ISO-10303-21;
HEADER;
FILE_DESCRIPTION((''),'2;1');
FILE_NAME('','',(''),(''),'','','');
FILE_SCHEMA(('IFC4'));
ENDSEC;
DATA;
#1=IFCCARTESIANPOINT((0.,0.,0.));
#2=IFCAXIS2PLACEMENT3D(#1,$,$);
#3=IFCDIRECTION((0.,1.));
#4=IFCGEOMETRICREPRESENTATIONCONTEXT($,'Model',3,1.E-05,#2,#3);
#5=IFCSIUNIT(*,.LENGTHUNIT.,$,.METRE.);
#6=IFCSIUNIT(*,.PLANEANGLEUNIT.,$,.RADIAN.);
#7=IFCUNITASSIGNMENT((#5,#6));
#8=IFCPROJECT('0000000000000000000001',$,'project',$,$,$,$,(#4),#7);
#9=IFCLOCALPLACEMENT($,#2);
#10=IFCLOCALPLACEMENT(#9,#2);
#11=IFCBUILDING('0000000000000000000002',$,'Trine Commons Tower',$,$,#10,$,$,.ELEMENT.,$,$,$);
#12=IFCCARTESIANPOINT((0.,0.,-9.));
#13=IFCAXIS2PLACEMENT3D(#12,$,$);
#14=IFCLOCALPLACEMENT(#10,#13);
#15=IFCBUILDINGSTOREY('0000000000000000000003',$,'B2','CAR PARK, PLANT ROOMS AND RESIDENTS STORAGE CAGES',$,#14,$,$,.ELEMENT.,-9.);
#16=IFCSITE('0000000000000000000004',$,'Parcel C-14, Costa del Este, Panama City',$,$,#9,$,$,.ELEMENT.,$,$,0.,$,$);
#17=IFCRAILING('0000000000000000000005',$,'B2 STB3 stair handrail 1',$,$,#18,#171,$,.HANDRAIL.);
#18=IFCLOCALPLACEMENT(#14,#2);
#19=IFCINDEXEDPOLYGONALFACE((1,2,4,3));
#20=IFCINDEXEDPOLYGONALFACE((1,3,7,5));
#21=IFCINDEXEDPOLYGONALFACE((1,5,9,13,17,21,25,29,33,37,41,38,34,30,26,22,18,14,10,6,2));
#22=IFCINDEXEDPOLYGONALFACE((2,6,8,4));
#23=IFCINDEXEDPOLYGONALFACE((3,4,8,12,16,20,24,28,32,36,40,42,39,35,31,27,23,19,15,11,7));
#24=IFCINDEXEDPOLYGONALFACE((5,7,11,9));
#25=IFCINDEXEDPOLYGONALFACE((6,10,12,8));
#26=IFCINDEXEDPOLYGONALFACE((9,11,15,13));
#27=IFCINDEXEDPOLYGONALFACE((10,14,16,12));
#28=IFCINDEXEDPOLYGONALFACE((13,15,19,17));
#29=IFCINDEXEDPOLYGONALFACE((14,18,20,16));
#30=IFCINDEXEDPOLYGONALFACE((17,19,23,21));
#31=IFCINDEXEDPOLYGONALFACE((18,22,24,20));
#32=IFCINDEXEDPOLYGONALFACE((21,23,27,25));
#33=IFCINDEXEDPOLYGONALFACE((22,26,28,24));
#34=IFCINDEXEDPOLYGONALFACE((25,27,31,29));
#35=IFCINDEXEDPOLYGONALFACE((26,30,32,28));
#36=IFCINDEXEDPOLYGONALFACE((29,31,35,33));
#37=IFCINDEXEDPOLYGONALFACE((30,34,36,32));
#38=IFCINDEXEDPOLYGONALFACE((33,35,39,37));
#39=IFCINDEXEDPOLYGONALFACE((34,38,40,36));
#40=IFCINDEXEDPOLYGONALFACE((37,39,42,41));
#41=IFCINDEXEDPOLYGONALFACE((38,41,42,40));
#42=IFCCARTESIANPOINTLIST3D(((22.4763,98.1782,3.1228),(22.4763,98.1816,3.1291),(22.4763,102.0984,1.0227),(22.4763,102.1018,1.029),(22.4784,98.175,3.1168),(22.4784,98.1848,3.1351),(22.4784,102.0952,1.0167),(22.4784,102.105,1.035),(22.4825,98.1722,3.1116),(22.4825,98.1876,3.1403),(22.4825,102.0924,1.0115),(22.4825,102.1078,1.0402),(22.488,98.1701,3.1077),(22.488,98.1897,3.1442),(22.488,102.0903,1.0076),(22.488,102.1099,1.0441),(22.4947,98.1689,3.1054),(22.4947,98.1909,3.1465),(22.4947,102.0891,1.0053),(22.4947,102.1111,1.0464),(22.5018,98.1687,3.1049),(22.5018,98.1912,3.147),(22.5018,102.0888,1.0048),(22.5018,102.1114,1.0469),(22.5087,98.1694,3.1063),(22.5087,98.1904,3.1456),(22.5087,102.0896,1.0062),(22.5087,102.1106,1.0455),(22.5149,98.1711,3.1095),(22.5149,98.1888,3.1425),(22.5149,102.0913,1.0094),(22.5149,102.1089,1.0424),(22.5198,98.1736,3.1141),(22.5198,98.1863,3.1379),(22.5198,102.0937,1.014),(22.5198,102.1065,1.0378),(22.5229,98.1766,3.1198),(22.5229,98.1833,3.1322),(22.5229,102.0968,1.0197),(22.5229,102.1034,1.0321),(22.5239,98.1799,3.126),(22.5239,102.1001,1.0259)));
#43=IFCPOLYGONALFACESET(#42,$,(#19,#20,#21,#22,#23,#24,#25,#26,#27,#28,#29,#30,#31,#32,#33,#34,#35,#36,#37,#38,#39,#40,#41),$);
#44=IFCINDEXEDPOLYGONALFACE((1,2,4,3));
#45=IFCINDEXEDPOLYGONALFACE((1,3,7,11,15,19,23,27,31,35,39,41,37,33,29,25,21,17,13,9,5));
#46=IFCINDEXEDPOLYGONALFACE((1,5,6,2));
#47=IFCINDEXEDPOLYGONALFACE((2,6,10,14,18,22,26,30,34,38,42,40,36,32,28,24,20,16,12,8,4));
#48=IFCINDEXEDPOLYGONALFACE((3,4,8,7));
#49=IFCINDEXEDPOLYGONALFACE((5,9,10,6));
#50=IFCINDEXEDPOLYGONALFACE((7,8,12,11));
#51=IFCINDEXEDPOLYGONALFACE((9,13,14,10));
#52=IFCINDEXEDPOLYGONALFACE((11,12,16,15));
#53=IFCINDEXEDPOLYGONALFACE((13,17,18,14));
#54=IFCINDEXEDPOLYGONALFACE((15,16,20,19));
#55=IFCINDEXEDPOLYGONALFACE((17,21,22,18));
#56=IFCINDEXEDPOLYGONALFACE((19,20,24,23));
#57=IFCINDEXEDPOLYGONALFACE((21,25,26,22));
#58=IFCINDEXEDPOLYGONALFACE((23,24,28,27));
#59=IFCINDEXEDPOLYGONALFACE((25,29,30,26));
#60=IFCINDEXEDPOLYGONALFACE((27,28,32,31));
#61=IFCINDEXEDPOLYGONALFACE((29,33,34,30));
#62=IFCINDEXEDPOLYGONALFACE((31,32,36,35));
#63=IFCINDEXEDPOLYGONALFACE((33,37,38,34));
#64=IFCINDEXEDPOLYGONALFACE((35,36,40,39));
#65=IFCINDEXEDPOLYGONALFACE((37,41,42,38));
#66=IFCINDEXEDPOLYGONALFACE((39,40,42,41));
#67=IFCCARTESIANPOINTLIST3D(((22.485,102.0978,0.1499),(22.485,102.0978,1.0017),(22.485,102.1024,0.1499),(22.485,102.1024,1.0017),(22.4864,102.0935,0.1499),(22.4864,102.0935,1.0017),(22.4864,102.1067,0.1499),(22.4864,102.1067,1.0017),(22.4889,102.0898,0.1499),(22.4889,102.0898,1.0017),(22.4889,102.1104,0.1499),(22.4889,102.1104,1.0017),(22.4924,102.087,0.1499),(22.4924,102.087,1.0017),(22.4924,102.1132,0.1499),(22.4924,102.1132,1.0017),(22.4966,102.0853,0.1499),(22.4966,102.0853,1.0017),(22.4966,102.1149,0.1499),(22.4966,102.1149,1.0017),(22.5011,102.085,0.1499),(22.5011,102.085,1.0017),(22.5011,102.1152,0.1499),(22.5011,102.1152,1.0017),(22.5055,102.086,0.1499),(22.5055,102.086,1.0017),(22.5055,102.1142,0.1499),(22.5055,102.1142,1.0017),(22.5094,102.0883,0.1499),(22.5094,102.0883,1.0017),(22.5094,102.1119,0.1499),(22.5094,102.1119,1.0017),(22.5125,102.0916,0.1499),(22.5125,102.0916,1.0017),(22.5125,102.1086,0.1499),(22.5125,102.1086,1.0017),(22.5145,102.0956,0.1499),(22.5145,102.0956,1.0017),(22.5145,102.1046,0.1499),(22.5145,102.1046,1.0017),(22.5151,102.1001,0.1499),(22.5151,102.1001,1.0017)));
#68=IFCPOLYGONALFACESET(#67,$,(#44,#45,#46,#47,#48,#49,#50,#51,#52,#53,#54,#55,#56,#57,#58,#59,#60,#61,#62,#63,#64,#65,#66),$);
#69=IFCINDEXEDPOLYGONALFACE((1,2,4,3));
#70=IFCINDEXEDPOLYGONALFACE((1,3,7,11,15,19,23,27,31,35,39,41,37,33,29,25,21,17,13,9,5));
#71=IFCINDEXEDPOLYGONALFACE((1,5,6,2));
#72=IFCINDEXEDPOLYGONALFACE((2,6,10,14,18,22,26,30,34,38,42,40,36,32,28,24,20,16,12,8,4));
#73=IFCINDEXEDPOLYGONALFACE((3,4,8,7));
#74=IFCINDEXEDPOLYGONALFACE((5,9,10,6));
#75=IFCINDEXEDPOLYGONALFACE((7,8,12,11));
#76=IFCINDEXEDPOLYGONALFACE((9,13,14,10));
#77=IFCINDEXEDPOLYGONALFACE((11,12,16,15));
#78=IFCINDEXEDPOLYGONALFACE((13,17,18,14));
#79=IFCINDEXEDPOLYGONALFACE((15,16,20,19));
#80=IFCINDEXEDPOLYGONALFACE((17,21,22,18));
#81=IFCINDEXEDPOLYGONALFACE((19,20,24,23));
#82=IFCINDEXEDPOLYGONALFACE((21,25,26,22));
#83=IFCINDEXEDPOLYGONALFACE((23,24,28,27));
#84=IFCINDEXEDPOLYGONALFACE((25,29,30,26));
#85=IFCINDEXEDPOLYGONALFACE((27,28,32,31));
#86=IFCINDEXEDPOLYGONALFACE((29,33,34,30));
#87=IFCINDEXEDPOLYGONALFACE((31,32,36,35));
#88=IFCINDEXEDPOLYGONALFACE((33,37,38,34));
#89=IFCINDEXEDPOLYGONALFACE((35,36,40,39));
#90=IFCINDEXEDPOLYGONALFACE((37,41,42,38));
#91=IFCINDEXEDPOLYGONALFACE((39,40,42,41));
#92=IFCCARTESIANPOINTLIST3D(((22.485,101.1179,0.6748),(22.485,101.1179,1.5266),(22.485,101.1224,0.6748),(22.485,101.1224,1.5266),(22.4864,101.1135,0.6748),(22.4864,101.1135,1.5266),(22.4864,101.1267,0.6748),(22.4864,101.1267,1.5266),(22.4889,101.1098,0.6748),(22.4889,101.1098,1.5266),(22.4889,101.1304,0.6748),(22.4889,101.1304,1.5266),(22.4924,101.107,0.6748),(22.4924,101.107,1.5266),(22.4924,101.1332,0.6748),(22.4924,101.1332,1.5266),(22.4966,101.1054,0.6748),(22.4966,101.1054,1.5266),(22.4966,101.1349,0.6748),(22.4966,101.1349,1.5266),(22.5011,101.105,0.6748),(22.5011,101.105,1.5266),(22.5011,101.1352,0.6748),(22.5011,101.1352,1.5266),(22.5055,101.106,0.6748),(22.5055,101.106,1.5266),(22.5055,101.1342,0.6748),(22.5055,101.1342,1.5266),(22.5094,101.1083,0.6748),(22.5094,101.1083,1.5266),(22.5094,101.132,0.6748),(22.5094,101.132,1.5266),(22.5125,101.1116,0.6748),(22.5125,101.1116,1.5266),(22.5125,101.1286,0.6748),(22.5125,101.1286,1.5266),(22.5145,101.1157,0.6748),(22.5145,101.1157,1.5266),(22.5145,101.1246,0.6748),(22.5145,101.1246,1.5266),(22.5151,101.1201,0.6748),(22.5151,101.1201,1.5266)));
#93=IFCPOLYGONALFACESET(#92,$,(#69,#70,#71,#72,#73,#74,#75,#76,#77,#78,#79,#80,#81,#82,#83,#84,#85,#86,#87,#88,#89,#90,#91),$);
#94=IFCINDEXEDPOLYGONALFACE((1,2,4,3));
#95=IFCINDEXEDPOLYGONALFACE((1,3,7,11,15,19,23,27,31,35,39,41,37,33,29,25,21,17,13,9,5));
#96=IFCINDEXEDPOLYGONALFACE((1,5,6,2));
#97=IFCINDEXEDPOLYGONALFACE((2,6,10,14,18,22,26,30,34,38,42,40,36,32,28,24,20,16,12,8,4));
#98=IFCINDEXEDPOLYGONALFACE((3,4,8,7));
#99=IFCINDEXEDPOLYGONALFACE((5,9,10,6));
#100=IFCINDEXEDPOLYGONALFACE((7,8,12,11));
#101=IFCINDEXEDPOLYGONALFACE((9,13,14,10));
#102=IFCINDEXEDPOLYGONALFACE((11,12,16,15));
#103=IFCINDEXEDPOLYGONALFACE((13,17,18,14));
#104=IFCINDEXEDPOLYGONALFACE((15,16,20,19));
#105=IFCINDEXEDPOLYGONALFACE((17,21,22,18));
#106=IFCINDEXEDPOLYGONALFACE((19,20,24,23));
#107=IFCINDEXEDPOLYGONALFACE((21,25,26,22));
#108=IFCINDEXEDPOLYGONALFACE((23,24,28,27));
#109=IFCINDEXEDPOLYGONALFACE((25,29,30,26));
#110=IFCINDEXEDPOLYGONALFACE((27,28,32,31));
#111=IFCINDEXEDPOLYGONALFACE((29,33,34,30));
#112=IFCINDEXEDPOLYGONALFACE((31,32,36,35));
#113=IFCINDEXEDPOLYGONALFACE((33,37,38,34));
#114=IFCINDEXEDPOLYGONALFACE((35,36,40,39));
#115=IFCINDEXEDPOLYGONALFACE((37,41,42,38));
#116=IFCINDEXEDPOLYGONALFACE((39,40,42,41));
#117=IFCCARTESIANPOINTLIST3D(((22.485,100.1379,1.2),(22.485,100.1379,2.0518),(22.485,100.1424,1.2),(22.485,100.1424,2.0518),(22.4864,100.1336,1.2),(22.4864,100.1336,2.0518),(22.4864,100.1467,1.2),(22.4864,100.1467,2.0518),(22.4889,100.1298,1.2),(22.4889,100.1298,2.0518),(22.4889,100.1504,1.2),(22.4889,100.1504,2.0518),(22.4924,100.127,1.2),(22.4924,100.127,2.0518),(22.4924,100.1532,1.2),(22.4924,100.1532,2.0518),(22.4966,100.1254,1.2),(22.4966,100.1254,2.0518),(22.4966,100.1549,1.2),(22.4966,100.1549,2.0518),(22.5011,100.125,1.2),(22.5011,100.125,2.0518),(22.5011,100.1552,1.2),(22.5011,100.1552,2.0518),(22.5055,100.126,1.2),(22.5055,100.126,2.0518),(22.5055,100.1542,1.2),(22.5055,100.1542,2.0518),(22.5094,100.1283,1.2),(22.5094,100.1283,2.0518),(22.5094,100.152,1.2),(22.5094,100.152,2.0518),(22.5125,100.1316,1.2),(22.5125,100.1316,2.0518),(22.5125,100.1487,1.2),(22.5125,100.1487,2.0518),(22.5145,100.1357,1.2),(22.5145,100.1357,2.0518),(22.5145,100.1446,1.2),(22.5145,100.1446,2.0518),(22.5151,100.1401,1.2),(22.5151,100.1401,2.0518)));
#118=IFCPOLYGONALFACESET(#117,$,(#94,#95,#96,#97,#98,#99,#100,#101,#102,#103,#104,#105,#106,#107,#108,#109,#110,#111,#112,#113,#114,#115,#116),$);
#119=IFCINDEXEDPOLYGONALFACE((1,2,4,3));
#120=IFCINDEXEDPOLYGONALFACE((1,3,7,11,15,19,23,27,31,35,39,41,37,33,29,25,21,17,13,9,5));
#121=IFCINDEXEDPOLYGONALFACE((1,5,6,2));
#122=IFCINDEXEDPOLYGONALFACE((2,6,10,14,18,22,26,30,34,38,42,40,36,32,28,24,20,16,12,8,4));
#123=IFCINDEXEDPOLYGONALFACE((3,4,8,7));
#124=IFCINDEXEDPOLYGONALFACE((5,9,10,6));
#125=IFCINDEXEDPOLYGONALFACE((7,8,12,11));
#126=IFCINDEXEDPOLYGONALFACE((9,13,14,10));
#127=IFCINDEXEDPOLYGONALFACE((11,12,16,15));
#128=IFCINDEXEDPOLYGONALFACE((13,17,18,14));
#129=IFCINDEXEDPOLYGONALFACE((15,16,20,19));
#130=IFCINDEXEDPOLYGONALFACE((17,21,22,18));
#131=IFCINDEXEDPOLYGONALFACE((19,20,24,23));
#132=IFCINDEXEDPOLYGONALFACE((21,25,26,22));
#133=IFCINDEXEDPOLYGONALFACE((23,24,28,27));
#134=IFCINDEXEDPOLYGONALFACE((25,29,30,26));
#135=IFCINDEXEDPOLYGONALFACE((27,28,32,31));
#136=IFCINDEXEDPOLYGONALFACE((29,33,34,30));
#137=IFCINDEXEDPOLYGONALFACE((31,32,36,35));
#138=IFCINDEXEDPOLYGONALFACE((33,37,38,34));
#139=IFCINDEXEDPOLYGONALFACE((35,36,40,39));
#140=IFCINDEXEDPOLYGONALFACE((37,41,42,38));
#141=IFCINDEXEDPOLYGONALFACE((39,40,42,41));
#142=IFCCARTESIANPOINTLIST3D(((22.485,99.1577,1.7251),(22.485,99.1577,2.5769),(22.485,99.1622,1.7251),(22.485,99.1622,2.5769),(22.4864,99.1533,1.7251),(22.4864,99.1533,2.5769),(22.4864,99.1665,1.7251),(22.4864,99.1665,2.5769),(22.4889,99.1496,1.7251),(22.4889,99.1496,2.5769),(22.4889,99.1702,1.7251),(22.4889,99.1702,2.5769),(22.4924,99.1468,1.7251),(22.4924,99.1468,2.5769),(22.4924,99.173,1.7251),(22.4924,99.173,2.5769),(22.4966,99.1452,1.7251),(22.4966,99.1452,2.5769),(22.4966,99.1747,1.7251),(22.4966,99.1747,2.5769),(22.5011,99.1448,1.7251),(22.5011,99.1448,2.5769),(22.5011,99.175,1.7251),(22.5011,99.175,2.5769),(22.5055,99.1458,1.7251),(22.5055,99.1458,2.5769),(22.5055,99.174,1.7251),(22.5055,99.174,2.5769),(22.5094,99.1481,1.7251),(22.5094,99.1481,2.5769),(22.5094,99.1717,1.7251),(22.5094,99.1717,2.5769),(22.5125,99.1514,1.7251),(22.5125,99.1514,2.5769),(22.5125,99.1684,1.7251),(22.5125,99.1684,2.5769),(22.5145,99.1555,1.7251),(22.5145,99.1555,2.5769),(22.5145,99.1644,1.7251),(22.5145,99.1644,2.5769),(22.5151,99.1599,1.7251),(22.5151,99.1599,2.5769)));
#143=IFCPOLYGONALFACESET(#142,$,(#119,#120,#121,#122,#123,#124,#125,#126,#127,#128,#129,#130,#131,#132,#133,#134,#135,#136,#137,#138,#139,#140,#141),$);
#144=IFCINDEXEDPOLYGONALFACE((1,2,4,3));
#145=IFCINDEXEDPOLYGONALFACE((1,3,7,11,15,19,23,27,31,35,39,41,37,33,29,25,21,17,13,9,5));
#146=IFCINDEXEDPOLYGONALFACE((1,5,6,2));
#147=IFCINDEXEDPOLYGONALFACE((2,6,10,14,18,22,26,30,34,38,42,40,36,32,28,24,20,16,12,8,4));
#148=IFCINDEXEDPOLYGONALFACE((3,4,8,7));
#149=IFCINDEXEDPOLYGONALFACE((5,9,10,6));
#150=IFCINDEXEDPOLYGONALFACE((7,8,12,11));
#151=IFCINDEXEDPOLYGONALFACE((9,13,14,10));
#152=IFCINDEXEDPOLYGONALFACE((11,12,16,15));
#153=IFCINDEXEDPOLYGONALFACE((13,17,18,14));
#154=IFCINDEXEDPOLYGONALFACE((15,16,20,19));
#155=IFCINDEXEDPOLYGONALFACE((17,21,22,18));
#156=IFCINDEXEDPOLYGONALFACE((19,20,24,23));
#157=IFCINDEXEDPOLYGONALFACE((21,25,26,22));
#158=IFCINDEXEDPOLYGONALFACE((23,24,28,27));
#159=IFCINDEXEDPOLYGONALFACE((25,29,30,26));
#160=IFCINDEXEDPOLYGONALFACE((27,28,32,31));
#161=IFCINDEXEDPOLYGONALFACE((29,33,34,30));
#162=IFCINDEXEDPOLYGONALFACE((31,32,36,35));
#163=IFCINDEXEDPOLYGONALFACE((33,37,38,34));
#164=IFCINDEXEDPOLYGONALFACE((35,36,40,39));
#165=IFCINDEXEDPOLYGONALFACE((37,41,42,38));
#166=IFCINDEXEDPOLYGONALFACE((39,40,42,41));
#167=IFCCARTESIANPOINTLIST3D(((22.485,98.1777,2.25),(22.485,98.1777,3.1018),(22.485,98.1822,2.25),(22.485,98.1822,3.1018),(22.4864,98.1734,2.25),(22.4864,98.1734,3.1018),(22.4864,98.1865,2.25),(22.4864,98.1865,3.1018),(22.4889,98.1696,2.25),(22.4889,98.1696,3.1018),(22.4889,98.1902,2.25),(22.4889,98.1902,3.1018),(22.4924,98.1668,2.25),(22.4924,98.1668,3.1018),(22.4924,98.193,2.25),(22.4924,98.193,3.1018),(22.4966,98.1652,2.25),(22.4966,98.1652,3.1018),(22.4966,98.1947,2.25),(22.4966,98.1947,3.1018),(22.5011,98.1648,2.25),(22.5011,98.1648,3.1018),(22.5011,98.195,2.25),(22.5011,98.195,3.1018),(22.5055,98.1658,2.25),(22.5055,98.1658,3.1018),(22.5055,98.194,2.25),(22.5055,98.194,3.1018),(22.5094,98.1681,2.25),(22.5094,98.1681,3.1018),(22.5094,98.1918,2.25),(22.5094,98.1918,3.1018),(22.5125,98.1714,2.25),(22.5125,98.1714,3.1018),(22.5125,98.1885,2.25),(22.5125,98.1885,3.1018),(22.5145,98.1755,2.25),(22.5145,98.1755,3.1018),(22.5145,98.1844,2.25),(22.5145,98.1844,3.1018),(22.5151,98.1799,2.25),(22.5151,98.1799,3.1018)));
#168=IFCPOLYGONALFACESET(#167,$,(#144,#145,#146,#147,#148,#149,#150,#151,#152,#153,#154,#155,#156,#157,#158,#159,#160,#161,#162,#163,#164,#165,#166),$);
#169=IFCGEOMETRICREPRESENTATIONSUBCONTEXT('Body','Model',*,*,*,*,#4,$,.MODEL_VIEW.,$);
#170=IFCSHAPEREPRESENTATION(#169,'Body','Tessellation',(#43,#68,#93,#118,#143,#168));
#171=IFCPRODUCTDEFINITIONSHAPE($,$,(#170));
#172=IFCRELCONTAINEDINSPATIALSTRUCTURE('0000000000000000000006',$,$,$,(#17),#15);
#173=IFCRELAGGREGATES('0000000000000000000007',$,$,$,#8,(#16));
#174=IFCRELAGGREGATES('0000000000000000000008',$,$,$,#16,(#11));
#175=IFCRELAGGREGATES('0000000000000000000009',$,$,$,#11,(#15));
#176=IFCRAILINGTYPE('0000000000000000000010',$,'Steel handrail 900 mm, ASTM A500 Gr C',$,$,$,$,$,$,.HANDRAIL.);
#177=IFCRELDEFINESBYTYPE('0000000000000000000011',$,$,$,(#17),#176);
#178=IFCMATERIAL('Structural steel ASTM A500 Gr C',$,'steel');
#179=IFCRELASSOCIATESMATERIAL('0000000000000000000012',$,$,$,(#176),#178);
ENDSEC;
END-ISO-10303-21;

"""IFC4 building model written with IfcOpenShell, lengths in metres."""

from ifc_helpers import new_model, si_unit, direction, frame, origin, origin_2d, place, context, subcontext, project, spatial, circle, extrude, material, type_object, element, save


model = new_model("IFC4")

# Units and contexts
model_context = context("Model", 3, precision=1e-05, world=origin(), true_north=direction((0.0, 1.0)))
body_context = subcontext(model_context, "Body", "Model", "MODEL_VIEW")
ifc_project = project(units=[si_unit("LENGTHUNIT", "METRE"), si_unit("PLANEANGLEUNIT", "RADIAN")], contexts=[model_context])

# Site, building, storey
site_placement = place(None, origin())
site = spatial("IfcSite", under=ifc_project, at=site_placement, Name="Parcel C-14, Costa del Este, Panama City", CompositionType="ELEMENT", RefElevation=0.0)
building_placement = place(site_placement, origin())
building = spatial("IfcBuilding", under=site, at=building_placement, Name="Trine Commons Tower", CompositionType="ELEMENT")
storey_placement = place(building_placement, frame((0.0, 0.0, -9.0)))
storey = spatial("IfcBuildingStorey", under=building, at=storey_placement, Name="B2", Description="CAR PARK, PLANT ROOMS AND RESIDENTS STORAGE CAGES", CompositionType="ELEMENT", Elevation=-9.0)

# Railing
ifc_material_1 = material(Name="Structural steel ASTM A500 Gr C", Category="steel")
railing_type_1 = type_object("IfcRailingType", Name="Steel handrail 900 mm, ASTM A500 Gr C", PredefinedType="HANDRAIL", material=ifc_material_1)
railing_1_placement = place(storey_placement, frame((22.5, 102.1001, 0.1499)))
element("IfcRailing", 1, at=railing_1_placement, inside=storey, type_object=railing_type_1, Name="B2 STB3 stair handrail 1", PredefinedType="HANDRAIL", context=body_context, shape_type="SweptSolid", body=[
    extrude(circle(Radius=0.0239, at=origin_2d()), frame((0.0, 0.0, 0.876), z_axis=(0.0, -0.881479, 0.472223), x_axis=(1.0, 0.0, 0.0)), (0.0, 0.0, 1.0), 4.4473),
    extrude(circle(Radius=0.0151, at=origin_2d()), origin(), (0.0, 0.0, 1.0), 0.8518),
    extrude(circle(Radius=0.0151, at=origin_2d()), frame((0.0, -0.98, 0.5249)), (0.0, 0.0, 1.0), 0.8518),
    extrude(circle(Radius=0.0151, at=origin_2d()), frame((0.0, -1.96, 1.05)), (0.0, 0.0, 1.0), 0.8518),
    extrude(circle(Radius=0.0151, at=origin_2d()), frame((0.0, -2.9402, 1.5752)), (0.0, 0.0, 1.0), 0.8518),
    extrude(circle(Radius=0.0151, at=origin_2d()), frame((0.0, -3.9202, 2.1001)), (0.0, 0.0, 1.0), 0.8518),
])

save(model, "model.ifc")
